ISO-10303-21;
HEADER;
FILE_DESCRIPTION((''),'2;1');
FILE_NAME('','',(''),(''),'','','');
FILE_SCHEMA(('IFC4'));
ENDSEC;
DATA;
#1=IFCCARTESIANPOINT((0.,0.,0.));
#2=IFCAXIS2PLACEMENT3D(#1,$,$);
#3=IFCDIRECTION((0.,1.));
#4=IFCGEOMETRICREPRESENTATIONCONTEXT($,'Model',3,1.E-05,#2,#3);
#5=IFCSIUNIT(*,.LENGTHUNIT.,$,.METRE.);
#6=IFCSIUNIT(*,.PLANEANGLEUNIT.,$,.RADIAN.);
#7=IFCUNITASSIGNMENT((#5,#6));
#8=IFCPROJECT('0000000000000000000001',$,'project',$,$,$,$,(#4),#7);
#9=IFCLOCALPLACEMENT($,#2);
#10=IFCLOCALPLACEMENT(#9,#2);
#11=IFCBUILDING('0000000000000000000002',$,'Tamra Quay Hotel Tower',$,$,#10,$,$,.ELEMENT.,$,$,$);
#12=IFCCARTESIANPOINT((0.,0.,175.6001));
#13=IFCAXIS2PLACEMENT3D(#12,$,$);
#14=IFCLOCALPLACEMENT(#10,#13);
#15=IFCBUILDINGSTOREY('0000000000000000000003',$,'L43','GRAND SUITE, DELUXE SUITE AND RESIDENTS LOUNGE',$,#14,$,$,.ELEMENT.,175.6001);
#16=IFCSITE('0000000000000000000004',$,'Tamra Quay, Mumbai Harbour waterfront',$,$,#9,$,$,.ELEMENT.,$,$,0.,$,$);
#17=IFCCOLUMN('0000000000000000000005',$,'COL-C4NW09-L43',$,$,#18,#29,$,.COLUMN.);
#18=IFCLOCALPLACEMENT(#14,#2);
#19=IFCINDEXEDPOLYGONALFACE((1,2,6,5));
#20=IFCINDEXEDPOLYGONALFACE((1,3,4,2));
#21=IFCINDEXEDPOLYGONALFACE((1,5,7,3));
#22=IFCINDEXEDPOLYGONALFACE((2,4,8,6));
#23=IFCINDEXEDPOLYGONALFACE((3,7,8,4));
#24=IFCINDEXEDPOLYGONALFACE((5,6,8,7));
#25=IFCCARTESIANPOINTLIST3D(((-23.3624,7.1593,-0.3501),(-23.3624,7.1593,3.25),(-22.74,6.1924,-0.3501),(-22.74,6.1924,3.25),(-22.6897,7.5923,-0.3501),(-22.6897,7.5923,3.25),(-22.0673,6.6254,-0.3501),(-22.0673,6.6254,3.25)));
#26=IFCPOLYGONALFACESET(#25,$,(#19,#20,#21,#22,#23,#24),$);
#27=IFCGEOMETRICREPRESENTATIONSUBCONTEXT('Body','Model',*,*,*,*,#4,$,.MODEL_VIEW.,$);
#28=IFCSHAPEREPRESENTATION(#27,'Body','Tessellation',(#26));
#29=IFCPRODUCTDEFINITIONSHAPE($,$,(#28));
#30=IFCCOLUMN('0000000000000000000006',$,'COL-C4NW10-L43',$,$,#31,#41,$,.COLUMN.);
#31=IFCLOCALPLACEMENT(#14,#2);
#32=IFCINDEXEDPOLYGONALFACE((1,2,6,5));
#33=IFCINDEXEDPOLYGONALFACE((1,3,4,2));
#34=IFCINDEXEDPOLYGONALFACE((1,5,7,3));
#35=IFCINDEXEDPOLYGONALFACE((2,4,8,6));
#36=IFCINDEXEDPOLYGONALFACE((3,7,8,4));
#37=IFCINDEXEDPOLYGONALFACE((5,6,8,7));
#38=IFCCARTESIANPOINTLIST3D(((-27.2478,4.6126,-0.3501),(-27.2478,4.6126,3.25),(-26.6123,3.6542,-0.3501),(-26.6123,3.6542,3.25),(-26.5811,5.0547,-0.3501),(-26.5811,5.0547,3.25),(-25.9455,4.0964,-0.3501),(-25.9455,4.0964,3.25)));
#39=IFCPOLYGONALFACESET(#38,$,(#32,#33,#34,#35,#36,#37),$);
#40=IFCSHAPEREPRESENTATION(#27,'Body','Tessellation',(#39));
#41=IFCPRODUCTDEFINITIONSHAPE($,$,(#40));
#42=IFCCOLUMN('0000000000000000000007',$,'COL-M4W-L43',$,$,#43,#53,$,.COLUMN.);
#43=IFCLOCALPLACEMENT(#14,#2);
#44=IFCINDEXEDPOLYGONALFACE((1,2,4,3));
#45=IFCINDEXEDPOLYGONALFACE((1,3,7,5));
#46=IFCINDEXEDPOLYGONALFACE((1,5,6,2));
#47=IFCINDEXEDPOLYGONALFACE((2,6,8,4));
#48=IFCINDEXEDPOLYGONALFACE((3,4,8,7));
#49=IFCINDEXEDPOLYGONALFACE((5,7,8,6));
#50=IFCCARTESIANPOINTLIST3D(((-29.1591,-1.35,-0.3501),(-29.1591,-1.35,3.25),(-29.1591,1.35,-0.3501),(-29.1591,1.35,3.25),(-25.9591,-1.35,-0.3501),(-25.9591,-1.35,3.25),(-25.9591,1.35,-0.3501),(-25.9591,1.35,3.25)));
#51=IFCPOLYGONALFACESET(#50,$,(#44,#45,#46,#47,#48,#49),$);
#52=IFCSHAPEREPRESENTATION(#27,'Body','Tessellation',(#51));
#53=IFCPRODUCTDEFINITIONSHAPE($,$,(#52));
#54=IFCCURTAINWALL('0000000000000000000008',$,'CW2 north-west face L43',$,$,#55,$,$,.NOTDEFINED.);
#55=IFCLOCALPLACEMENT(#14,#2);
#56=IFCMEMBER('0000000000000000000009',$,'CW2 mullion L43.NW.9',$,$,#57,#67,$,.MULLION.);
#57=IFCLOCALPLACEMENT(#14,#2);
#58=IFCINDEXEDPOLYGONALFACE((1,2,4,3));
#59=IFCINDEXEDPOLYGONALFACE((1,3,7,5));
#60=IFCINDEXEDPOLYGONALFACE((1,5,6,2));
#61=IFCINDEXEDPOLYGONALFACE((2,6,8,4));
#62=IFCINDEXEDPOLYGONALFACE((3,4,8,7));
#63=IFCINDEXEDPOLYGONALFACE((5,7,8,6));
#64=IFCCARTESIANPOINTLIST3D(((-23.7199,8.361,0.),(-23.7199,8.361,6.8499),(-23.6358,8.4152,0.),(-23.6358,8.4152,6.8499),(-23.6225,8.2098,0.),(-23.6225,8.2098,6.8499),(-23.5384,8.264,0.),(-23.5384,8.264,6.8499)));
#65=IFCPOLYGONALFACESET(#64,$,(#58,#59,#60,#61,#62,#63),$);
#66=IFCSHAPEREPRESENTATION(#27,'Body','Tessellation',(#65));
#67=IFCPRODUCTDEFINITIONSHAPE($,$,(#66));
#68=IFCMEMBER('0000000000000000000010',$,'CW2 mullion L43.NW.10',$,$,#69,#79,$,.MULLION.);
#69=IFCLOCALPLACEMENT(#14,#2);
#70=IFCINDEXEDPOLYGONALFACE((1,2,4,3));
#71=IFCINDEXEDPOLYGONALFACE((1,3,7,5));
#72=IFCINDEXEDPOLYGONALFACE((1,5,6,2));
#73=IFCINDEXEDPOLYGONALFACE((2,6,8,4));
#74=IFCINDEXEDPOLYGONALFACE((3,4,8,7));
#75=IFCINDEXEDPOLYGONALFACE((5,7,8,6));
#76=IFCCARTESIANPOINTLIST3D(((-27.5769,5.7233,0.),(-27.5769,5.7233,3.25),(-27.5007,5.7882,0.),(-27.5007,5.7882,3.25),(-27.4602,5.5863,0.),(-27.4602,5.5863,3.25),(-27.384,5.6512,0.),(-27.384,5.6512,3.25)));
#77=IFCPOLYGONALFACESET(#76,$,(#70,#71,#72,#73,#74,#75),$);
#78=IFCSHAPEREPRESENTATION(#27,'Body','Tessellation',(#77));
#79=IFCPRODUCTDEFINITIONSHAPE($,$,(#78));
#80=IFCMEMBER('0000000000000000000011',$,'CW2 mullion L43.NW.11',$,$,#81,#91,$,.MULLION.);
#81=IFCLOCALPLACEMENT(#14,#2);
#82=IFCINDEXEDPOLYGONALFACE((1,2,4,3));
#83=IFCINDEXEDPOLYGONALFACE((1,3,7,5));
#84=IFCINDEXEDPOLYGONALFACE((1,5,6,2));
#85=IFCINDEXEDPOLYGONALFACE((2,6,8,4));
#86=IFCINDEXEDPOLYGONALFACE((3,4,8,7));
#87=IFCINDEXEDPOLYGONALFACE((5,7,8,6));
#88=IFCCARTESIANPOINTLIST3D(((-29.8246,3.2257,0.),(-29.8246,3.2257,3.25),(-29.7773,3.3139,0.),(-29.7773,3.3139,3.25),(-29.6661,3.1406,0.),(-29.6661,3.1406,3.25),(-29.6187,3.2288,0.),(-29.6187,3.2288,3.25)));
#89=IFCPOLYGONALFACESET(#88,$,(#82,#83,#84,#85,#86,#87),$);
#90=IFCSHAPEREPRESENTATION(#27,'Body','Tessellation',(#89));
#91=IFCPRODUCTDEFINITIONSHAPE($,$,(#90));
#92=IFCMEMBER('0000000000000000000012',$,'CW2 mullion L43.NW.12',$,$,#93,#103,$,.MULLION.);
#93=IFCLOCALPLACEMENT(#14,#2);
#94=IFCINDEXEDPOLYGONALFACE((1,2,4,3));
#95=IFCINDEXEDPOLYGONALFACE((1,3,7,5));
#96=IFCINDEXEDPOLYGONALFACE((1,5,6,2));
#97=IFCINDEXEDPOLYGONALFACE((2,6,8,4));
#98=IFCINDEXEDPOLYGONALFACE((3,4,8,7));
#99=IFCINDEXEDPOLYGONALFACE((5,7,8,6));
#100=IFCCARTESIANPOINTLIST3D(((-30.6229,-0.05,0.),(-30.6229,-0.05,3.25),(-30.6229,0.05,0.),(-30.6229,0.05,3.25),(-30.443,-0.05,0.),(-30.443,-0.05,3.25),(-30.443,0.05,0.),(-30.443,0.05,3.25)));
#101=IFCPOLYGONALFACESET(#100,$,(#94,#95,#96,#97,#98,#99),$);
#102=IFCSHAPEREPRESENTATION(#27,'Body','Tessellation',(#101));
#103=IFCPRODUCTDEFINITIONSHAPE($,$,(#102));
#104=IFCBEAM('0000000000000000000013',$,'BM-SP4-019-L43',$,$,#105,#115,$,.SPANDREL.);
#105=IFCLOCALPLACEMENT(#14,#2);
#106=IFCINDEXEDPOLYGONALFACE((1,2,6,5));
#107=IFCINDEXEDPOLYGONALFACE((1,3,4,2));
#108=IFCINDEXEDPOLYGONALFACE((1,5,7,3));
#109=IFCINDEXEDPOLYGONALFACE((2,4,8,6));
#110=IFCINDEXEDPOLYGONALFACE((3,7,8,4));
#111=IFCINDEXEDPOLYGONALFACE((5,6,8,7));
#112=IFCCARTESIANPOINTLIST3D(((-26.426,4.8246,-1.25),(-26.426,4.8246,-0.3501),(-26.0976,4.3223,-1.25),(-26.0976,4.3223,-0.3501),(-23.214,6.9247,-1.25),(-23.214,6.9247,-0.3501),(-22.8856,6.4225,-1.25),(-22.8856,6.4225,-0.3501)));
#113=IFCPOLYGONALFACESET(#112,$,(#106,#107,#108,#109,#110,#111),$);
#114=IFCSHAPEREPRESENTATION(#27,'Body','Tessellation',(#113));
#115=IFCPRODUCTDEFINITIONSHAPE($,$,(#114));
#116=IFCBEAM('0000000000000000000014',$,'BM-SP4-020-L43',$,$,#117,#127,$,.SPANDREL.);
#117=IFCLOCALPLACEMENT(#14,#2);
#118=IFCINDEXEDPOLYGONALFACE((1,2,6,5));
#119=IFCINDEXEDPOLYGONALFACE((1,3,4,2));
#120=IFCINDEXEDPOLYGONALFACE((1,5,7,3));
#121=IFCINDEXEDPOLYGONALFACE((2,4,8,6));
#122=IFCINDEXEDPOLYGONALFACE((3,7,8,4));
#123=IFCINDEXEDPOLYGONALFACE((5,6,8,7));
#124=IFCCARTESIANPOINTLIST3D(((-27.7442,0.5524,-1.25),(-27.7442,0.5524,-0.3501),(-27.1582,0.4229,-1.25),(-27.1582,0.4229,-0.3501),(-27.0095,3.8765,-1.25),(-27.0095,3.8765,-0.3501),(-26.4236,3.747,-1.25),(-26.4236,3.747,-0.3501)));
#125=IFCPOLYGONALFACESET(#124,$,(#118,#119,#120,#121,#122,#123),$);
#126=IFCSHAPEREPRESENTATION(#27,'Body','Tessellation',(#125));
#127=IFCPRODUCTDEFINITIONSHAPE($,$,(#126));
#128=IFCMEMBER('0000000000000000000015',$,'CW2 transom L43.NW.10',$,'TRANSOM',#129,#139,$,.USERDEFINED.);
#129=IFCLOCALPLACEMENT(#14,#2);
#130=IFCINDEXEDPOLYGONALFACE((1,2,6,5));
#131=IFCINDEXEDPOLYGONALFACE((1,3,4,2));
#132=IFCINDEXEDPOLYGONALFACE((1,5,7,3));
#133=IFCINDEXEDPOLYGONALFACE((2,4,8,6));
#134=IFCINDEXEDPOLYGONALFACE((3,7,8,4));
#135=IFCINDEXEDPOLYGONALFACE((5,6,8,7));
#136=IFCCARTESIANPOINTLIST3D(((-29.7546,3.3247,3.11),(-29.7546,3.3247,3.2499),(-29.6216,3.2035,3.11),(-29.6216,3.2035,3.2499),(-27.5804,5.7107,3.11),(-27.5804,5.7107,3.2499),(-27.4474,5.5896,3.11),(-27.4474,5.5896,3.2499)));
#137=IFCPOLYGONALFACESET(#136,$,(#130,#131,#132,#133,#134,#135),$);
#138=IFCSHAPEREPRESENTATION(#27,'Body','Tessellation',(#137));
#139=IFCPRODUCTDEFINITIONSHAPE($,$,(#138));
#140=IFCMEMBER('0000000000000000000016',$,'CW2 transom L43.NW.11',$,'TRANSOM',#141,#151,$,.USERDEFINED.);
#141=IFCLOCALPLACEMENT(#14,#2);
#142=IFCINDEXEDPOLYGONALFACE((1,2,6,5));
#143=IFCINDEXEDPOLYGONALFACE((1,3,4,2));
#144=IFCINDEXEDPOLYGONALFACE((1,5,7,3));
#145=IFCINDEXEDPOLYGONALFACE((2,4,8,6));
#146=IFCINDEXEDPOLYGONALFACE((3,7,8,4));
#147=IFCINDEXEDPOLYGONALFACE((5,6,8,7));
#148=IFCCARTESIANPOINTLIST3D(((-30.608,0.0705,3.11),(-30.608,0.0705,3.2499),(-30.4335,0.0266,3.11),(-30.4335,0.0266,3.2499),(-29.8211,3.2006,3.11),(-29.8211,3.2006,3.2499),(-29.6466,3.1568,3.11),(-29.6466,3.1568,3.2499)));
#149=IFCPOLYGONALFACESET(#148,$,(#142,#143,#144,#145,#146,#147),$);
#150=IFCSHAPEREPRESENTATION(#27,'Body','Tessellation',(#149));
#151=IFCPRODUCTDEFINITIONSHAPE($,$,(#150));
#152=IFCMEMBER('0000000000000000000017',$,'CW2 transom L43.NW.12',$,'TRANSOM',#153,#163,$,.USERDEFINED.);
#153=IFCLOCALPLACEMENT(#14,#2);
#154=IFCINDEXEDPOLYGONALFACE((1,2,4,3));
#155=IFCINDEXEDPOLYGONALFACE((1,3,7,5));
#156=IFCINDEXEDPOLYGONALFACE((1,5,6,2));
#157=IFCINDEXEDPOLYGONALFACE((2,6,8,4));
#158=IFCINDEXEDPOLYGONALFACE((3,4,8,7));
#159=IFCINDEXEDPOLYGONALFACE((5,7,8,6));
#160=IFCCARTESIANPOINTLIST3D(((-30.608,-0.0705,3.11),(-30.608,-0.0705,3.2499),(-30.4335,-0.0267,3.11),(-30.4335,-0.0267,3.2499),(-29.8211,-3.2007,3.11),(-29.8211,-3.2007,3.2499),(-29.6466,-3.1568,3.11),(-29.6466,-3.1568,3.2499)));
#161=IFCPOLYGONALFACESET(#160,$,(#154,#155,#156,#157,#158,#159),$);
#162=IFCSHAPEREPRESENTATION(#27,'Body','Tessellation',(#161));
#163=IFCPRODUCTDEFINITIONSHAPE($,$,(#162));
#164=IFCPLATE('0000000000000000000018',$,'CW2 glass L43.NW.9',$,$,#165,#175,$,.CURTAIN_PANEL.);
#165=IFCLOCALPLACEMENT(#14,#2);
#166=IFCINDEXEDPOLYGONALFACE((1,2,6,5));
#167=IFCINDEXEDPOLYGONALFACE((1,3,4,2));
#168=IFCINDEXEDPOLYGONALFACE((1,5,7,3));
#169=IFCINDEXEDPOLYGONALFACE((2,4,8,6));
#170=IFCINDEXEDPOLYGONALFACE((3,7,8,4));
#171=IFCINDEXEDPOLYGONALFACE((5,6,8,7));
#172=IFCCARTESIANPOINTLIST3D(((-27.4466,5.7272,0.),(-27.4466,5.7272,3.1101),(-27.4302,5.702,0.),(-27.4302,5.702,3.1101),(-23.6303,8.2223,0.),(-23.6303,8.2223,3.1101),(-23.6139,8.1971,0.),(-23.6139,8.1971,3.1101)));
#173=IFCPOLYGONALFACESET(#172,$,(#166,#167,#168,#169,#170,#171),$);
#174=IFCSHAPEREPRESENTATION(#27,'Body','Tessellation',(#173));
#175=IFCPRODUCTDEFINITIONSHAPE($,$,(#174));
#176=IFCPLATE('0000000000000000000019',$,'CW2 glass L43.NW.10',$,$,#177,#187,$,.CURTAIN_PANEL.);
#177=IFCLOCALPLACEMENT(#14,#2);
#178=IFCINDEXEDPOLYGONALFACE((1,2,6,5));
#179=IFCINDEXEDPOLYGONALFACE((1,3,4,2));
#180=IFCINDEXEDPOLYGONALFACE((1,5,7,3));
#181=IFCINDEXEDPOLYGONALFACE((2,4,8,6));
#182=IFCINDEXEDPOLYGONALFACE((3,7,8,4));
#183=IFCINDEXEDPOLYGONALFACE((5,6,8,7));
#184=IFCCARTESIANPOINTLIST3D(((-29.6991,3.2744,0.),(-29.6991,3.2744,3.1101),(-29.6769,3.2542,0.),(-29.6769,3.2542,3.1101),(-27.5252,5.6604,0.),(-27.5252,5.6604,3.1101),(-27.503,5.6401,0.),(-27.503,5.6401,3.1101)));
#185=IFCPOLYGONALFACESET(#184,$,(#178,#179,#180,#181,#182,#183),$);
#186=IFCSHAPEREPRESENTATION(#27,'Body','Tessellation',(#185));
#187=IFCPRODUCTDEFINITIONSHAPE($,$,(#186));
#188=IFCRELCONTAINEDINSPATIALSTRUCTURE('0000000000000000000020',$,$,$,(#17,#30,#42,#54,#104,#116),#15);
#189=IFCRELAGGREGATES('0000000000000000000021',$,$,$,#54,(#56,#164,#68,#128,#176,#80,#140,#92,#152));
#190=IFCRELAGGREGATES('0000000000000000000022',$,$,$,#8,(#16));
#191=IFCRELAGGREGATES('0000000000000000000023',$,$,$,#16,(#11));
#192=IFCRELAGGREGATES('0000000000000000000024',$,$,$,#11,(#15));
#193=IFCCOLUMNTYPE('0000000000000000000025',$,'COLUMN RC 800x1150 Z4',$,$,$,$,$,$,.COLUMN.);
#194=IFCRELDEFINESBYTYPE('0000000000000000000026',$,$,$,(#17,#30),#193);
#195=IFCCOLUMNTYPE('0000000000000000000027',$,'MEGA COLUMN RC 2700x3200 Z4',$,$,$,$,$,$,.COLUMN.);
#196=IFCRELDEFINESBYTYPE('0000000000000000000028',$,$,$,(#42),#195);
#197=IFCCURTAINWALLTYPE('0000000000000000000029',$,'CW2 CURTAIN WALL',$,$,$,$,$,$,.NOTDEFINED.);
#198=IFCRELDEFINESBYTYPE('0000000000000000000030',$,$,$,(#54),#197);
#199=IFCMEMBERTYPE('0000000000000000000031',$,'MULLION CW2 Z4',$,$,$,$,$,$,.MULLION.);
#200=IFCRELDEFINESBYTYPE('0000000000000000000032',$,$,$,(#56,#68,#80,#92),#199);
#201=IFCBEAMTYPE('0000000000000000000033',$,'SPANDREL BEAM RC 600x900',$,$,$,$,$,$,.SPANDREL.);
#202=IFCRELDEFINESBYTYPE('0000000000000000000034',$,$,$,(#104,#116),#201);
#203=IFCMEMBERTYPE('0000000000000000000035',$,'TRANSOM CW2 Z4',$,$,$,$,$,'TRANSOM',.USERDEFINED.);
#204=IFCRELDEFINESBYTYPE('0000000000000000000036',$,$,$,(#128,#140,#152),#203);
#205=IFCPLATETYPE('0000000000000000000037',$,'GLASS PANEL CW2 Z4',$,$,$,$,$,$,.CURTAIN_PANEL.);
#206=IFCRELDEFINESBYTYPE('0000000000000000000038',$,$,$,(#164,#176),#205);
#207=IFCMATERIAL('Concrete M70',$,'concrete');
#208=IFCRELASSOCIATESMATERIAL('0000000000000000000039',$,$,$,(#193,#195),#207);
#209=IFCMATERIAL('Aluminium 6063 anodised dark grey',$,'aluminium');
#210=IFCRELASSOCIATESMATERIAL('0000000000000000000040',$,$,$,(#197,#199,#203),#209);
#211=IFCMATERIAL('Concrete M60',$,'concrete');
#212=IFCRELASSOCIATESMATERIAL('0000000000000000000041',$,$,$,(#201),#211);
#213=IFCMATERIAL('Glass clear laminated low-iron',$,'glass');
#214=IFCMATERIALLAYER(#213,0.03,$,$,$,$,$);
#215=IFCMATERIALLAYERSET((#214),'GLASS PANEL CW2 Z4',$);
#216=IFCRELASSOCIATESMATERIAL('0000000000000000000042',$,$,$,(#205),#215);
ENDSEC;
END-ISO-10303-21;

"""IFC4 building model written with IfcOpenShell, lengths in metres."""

from ifc_helpers import new_model, si_unit, direction, frame, origin, origin_2d, place, context, subcontext, project, spatial, rectangle, extrude, material, layer, layer_set, material_profile, profile_set, type_object, element, aggregate, save


model = new_model("IFC4")

# Units and contexts
model_context = context("Model", 3, precision=1e-05, world=origin(), true_north=direction((0.0, 1.0)))
body_context = subcontext(model_context, "Body", "Model", "MODEL_VIEW")
ifc_project = project(units=[si_unit("LENGTHUNIT", "METRE"), si_unit("PLANEANGLEUNIT", "RADIAN")], contexts=[model_context])

# Site, building, storey
site_placement = place(None, origin())
site = spatial("IfcSite", under=ifc_project, at=site_placement, Name="Tamra Quay, Mumbai Harbour waterfront", CompositionType="ELEMENT", RefElevation=0.0)
building_placement = place(site_placement, origin())
building = spatial("IfcBuilding", under=site, at=building_placement, Name="Tamra Quay Hotel Tower", CompositionType="ELEMENT")
storey_placement = place(building_placement, frame((0.0, 0.0, 175.6001)))
storey = spatial("IfcBuildingStorey", under=building, at=storey_placement, Name="L43", Description="GRAND SUITE, DELUXE SUITE AND RESIDENTS LOUNGE", CompositionType="ELEMENT", Elevation=175.6001)

# Columns
ifc_material_1 = material(Name="Concrete M70", Category="concrete")
ifc_material_profile_1 = material_profile(ifc_material_1, rectangle(XDim=1.1499, YDim=0.8, at=origin_2d()), Name="COLUMN RC 800x1150 Z4")
ifc_profile_set_1 = profile_set([ifc_material_profile_1], Name="Concrete M70")
column_type_1 = type_object("IfcColumnType", Name="COLUMN RC 800x1150 Z4", PredefinedType="COLUMN", material=ifc_profile_set_1)
for number, where, z_axis, x_axis, name in (
    (1, (-22.7148, 6.8923, -0.3501), (0.0, 0.0, 1.0), (-0.541283, 0.840841, 0.0), "COL-C4NW09-L43"),
    (2, (-26.5967, 4.3545, -0.3501), (0.0, 0.0, 1.0), (-0.552666, 0.833403, 0.0), "COL-C4NW10-L43"),
):
    element("IfcColumn", number, at=place(storey_placement, frame(where, z_axis=z_axis, x_axis=x_axis)), inside=storey, type_object=column_type_1, Name=name, PredefinedType="COLUMN", context=body_context, shape_type="SweptSolid", body=[
        extrude(rectangle(XDim=1.1499, YDim=0.8, at=origin_2d()), origin(), (0.0, 0.0, 1.0), 3.6001),
    ])
ifc_material_profile_2 = material_profile(ifc_material_1, rectangle(XDim=3.2, YDim=2.7, at=origin_2d()), Name="MEGA COLUMN RC 2700x3200 Z4")
ifc_profile_set_2 = profile_set([ifc_material_profile_2], Name="Concrete M70")
column_type_2 = type_object("IfcColumnType", Name="MEGA COLUMN RC 2700x3200 Z4", PredefinedType="COLUMN", material=ifc_profile_set_2)
column_placement = place(storey_placement, frame((-27.5591, 0.0, -0.3501), z_axis=(0.0, 0.0, 1.0), x_axis=(1.0, 0.0, 0.0)))
element("IfcColumn", 3, at=column_placement, inside=storey, type_object=column_type_2, Name="COL-M4W-L43", PredefinedType="COLUMN", context=body_context, shape_type="SweptSolid", body=[
    extrude(rectangle(XDim=3.2, YDim=2.7, at=origin_2d()), origin(), (0.0, 0.0, 1.0), 3.6001),
])

# Curtain wall, members
ifc_material_2 = material(Name="Aluminium 6063 anodised dark grey", Category="aluminium")
curtain_wall_type = type_object("IfcCurtainWallType", Name="CW2 CURTAIN WALL", PredefinedType="NOTDEFINED", material=ifc_material_2)
curtain_wall_placement = place(storey_placement, origin())
curtain_wall = element("IfcCurtainWall", 4, at=curtain_wall_placement, inside=storey, type_object=curtain_wall_type, Name="CW2 north-west face L43", PredefinedType="NOTDEFINED")
ifc_material_profile_3 = material_profile(ifc_material_2, rectangle(XDim=0.1799, YDim=0.1001, at=origin_2d()), Name="MULLION 100X180")
ifc_profile_set_3 = profile_set([ifc_material_profile_3], Name="Aluminium 6063 anodised dark grey")
member_type_1 = type_object("IfcMemberType", Name="MULLION CW2 Z4", PredefinedType="MULLION", material=ifc_profile_set_3)
member_1_placement = place(storey_placement, frame((-23.6292, 8.3125, 0.0), z_axis=(0.0, 0.0, 1.0), x_axis=(-0.541422, 0.840751, 0.0)))
member_1 = element("IfcMember", 5, at=member_1_placement, type_object=member_type_1, Name="CW2 mullion L43.NW.9", PredefinedType="MULLION", context=body_context, shape_type="SweptSolid", body=[
    extrude(rectangle(XDim=0.1799, YDim=0.1001, at=origin_2d()), origin(), (0.0, 0.0, 1.0), 6.8499),
])
member_2_placement = place(storey_placement, frame((-27.4805, 5.6873, 0.0), z_axis=(0.0, 0.0, 1.0), x_axis=(-0.648381, 0.761316, 0.0)))
member_2 = element("IfcMember", 6, at=member_2_placement, type_object=member_type_1, Name="CW2 mullion L43.NW.10", PredefinedType="MULLION", context=body_context, shape_type="SweptSolid", body=[
    extrude(rectangle(XDim=0.1799, YDim=0.1001, at=origin_2d()), origin(), (0.0, 0.0, 1.0), 3.25),
])
member_3_placement = place(storey_placement, frame((-29.7217, 3.2273, 0.0), z_axis=(0.0, 0.0, 1.0), x_axis=(-0.881098, 0.472935, 0.0)))
member_3 = element("IfcMember", 7, at=member_3_placement, type_object=member_type_1, Name="CW2 mullion L43.NW.11", PredefinedType="MULLION", context=body_context, shape_type="SweptSolid", body=[
    extrude(rectangle(XDim=0.1799, YDim=0.1001, at=origin_2d()), origin(), (0.0, 0.0, 1.0), 3.25),
])
member_4_placement = place(storey_placement, frame((-30.533, 0.0, 0.0), z_axis=(0.0, 0.0, 1.0), x_axis=(-1.0, 0.0, 0.0)))
member_4 = element("IfcMember", 8, at=member_4_placement, type_object=member_type_1, Name="CW2 mullion L43.NW.12", PredefinedType="MULLION", context=body_context, shape_type="SweptSolid", body=[
    extrude(rectangle(XDim=0.1799, YDim=0.1001, at=origin_2d()), origin(), (0.0, 0.0, 1.0), 3.25),
])

# Beams
ifc_material_3 = material(Name="Concrete M60", Category="concrete")
ifc_material_profile_4 = material_profile(ifc_material_3, rectangle(XDim=0.6001, YDim=0.8999, at=origin_2d()), Name="SPANDREL BEAM RC 600x900")
ifc_profile_set_4 = profile_set([ifc_material_profile_4], Name="Concrete M60")
beam_type = type_object("IfcBeamType", Name="SPANDREL BEAM RC 600x900", PredefinedType="SPANDREL", material=ifc_profile_set_4)
beam_1_placement = place(storey_placement, frame((-23.0498, 6.6736, -0.8), z_axis=(-0.83697, -0.547249, 0.0), x_axis=(0.547249, -0.83697, 0.0)))
element("IfcBeam", 9, at=beam_1_placement, inside=storey, type_object=beam_type, Name="BM-SP4-019-L43", PredefinedType="SPANDREL", context=body_context, shape_type="SweptSolid", body=[
    extrude(rectangle(XDim=0.6001, YDim=0.8999, at=origin_2d()), origin(), (0.0, 0.0, 1.0), 3.8376),
])
beam_2_placement = place(storey_placement, frame((-26.7166, 3.8118, -0.8), z_axis=(-0.215799, -0.976438, 0.0), x_axis=(0.976438, -0.215799, 0.0)))
element("IfcBeam", 10, at=beam_2_placement, inside=storey, type_object=beam_type, Name="BM-SP4-020-L43", PredefinedType="SPANDREL", context=body_context, shape_type="SweptSolid", body=[
    extrude(rectangle(XDim=0.6001, YDim=0.8999, at=origin_2d()), origin(), (0.0, 0.0, 1.0), 3.4043),
])

# Members
ifc_material_profile_5 = material_profile(ifc_material_2, rectangle(XDim=0.1799, YDim=0.1399, at=origin_2d()), Name="TRANSOM 180X140")
ifc_profile_set_5 = profile_set([ifc_material_profile_5], Name="Aluminium 6063 anodised dark grey")
member_type_2 = type_object("IfcMemberType", Name="TRANSOM CW2 Z4", ElementType="TRANSOM", PredefinedType="USERDEFINED", material=ifc_profile_set_5)
member_5_placement = place(storey_placement, frame((-27.5139, 5.6501, 3.1799), z_axis=(-0.673519, -0.73917, 0.0), x_axis=(0.73917, -0.673519, 0.0)))
member_5 = element("IfcMember", 11, at=member_5_placement, type_object=member_type_2, Name="CW2 transom L43.NW.10", ObjectType="TRANSOM", PredefinedType="USERDEFINED", context=body_context, shape_type="SweptSolid", body=[
    extrude(rectangle(XDim=0.1799, YDim=0.1399, at=origin_2d()), origin(), (0.0, 0.0, 1.0), 3.228),
])
member_6_placement = place(storey_placement, frame((-29.7339, 3.1787, 3.1799), z_axis=(-0.243799, -0.969826, 0.0), x_axis=(0.969826, -0.243799, 0.0)))
member_6 = element("IfcMember", 12, at=member_6_placement, type_object=member_type_2, Name="CW2 transom L43.NW.11", ObjectType="TRANSOM", PredefinedType="USERDEFINED", context=body_context, shape_type="SweptSolid", body=[
    extrude(rectangle(XDim=0.1799, YDim=0.1399, at=origin_2d()), origin(), (0.0, 0.0, 1.0), 3.2275),
])
member_7_placement = place(storey_placement, frame((-30.5208, -0.0486, 3.1799), z_axis=(0.243799, -0.969826, 0.0), x_axis=(0.969826, 0.243799, 0.0)))
member_7 = element("IfcMember", 13, at=member_7_placement, type_object=member_type_2, Name="CW2 transom L43.NW.12", ObjectType="TRANSOM", PredefinedType="USERDEFINED", context=body_context, shape_type="SweptSolid", body=[
    extrude(rectangle(XDim=0.1799, YDim=0.1399, at=origin_2d()), origin(), (0.0, 0.0, 1.0), 3.2275),
])

# Plates
ifc_material_4 = material(Name="Glass clear laminated low-iron", Category="glass")
ifc_layer_1 = layer(ifc_material_4, 0.03)
ifc_layer_set_1 = layer_set([ifc_layer_1], Name="GLASS PANEL CW2 Z4")
plate_type = type_object("IfcPlateType", Name="GLASS PANEL CW2 Z4", PredefinedType="CURTAIN_PANEL", material=ifc_layer_set_1)
plate_1_placement = place(storey_placement, frame((-25.5303, 6.9622, 0.0), z_axis=(0.0, 0.0, 1.0), x_axis=(-0.836986, -0.547224, 0.0)))
plate_1 = element("IfcPlate", 14, at=plate_1_placement, type_object=plate_type, Name="CW2 glass L43.NW.9", PredefinedType="CURTAIN_PANEL", context=body_context, shape_type="SweptSolid", body=[
    extrude(rectangle(XDim=4.5596, YDim=0.03, at=origin_2d()), origin(), (0.0, 0.0, 1.0), 3.1101),
])
plate_2_placement = place(storey_placement, frame((-28.6011, 4.4573, 0.0), z_axis=(0.0, 0.0, 1.0), x_axis=(-0.673496, -0.739191, 0.0)))
plate_2 = element("IfcPlate", 15, at=plate_2_placement, type_object=plate_type, Name="CW2 glass L43.NW.10", PredefinedType="CURTAIN_PANEL", context=body_context, shape_type="SweptSolid", body=[
    extrude(rectangle(XDim=3.2278, YDim=0.03, at=origin_2d()), origin(), (0.0, 0.0, 1.0), 3.1101),
])
aggregate(curtain_wall, [member_1, plate_1, member_2, member_5, plate_2, member_3, member_6, member_4, member_7])

save(model, "model.ifc")
